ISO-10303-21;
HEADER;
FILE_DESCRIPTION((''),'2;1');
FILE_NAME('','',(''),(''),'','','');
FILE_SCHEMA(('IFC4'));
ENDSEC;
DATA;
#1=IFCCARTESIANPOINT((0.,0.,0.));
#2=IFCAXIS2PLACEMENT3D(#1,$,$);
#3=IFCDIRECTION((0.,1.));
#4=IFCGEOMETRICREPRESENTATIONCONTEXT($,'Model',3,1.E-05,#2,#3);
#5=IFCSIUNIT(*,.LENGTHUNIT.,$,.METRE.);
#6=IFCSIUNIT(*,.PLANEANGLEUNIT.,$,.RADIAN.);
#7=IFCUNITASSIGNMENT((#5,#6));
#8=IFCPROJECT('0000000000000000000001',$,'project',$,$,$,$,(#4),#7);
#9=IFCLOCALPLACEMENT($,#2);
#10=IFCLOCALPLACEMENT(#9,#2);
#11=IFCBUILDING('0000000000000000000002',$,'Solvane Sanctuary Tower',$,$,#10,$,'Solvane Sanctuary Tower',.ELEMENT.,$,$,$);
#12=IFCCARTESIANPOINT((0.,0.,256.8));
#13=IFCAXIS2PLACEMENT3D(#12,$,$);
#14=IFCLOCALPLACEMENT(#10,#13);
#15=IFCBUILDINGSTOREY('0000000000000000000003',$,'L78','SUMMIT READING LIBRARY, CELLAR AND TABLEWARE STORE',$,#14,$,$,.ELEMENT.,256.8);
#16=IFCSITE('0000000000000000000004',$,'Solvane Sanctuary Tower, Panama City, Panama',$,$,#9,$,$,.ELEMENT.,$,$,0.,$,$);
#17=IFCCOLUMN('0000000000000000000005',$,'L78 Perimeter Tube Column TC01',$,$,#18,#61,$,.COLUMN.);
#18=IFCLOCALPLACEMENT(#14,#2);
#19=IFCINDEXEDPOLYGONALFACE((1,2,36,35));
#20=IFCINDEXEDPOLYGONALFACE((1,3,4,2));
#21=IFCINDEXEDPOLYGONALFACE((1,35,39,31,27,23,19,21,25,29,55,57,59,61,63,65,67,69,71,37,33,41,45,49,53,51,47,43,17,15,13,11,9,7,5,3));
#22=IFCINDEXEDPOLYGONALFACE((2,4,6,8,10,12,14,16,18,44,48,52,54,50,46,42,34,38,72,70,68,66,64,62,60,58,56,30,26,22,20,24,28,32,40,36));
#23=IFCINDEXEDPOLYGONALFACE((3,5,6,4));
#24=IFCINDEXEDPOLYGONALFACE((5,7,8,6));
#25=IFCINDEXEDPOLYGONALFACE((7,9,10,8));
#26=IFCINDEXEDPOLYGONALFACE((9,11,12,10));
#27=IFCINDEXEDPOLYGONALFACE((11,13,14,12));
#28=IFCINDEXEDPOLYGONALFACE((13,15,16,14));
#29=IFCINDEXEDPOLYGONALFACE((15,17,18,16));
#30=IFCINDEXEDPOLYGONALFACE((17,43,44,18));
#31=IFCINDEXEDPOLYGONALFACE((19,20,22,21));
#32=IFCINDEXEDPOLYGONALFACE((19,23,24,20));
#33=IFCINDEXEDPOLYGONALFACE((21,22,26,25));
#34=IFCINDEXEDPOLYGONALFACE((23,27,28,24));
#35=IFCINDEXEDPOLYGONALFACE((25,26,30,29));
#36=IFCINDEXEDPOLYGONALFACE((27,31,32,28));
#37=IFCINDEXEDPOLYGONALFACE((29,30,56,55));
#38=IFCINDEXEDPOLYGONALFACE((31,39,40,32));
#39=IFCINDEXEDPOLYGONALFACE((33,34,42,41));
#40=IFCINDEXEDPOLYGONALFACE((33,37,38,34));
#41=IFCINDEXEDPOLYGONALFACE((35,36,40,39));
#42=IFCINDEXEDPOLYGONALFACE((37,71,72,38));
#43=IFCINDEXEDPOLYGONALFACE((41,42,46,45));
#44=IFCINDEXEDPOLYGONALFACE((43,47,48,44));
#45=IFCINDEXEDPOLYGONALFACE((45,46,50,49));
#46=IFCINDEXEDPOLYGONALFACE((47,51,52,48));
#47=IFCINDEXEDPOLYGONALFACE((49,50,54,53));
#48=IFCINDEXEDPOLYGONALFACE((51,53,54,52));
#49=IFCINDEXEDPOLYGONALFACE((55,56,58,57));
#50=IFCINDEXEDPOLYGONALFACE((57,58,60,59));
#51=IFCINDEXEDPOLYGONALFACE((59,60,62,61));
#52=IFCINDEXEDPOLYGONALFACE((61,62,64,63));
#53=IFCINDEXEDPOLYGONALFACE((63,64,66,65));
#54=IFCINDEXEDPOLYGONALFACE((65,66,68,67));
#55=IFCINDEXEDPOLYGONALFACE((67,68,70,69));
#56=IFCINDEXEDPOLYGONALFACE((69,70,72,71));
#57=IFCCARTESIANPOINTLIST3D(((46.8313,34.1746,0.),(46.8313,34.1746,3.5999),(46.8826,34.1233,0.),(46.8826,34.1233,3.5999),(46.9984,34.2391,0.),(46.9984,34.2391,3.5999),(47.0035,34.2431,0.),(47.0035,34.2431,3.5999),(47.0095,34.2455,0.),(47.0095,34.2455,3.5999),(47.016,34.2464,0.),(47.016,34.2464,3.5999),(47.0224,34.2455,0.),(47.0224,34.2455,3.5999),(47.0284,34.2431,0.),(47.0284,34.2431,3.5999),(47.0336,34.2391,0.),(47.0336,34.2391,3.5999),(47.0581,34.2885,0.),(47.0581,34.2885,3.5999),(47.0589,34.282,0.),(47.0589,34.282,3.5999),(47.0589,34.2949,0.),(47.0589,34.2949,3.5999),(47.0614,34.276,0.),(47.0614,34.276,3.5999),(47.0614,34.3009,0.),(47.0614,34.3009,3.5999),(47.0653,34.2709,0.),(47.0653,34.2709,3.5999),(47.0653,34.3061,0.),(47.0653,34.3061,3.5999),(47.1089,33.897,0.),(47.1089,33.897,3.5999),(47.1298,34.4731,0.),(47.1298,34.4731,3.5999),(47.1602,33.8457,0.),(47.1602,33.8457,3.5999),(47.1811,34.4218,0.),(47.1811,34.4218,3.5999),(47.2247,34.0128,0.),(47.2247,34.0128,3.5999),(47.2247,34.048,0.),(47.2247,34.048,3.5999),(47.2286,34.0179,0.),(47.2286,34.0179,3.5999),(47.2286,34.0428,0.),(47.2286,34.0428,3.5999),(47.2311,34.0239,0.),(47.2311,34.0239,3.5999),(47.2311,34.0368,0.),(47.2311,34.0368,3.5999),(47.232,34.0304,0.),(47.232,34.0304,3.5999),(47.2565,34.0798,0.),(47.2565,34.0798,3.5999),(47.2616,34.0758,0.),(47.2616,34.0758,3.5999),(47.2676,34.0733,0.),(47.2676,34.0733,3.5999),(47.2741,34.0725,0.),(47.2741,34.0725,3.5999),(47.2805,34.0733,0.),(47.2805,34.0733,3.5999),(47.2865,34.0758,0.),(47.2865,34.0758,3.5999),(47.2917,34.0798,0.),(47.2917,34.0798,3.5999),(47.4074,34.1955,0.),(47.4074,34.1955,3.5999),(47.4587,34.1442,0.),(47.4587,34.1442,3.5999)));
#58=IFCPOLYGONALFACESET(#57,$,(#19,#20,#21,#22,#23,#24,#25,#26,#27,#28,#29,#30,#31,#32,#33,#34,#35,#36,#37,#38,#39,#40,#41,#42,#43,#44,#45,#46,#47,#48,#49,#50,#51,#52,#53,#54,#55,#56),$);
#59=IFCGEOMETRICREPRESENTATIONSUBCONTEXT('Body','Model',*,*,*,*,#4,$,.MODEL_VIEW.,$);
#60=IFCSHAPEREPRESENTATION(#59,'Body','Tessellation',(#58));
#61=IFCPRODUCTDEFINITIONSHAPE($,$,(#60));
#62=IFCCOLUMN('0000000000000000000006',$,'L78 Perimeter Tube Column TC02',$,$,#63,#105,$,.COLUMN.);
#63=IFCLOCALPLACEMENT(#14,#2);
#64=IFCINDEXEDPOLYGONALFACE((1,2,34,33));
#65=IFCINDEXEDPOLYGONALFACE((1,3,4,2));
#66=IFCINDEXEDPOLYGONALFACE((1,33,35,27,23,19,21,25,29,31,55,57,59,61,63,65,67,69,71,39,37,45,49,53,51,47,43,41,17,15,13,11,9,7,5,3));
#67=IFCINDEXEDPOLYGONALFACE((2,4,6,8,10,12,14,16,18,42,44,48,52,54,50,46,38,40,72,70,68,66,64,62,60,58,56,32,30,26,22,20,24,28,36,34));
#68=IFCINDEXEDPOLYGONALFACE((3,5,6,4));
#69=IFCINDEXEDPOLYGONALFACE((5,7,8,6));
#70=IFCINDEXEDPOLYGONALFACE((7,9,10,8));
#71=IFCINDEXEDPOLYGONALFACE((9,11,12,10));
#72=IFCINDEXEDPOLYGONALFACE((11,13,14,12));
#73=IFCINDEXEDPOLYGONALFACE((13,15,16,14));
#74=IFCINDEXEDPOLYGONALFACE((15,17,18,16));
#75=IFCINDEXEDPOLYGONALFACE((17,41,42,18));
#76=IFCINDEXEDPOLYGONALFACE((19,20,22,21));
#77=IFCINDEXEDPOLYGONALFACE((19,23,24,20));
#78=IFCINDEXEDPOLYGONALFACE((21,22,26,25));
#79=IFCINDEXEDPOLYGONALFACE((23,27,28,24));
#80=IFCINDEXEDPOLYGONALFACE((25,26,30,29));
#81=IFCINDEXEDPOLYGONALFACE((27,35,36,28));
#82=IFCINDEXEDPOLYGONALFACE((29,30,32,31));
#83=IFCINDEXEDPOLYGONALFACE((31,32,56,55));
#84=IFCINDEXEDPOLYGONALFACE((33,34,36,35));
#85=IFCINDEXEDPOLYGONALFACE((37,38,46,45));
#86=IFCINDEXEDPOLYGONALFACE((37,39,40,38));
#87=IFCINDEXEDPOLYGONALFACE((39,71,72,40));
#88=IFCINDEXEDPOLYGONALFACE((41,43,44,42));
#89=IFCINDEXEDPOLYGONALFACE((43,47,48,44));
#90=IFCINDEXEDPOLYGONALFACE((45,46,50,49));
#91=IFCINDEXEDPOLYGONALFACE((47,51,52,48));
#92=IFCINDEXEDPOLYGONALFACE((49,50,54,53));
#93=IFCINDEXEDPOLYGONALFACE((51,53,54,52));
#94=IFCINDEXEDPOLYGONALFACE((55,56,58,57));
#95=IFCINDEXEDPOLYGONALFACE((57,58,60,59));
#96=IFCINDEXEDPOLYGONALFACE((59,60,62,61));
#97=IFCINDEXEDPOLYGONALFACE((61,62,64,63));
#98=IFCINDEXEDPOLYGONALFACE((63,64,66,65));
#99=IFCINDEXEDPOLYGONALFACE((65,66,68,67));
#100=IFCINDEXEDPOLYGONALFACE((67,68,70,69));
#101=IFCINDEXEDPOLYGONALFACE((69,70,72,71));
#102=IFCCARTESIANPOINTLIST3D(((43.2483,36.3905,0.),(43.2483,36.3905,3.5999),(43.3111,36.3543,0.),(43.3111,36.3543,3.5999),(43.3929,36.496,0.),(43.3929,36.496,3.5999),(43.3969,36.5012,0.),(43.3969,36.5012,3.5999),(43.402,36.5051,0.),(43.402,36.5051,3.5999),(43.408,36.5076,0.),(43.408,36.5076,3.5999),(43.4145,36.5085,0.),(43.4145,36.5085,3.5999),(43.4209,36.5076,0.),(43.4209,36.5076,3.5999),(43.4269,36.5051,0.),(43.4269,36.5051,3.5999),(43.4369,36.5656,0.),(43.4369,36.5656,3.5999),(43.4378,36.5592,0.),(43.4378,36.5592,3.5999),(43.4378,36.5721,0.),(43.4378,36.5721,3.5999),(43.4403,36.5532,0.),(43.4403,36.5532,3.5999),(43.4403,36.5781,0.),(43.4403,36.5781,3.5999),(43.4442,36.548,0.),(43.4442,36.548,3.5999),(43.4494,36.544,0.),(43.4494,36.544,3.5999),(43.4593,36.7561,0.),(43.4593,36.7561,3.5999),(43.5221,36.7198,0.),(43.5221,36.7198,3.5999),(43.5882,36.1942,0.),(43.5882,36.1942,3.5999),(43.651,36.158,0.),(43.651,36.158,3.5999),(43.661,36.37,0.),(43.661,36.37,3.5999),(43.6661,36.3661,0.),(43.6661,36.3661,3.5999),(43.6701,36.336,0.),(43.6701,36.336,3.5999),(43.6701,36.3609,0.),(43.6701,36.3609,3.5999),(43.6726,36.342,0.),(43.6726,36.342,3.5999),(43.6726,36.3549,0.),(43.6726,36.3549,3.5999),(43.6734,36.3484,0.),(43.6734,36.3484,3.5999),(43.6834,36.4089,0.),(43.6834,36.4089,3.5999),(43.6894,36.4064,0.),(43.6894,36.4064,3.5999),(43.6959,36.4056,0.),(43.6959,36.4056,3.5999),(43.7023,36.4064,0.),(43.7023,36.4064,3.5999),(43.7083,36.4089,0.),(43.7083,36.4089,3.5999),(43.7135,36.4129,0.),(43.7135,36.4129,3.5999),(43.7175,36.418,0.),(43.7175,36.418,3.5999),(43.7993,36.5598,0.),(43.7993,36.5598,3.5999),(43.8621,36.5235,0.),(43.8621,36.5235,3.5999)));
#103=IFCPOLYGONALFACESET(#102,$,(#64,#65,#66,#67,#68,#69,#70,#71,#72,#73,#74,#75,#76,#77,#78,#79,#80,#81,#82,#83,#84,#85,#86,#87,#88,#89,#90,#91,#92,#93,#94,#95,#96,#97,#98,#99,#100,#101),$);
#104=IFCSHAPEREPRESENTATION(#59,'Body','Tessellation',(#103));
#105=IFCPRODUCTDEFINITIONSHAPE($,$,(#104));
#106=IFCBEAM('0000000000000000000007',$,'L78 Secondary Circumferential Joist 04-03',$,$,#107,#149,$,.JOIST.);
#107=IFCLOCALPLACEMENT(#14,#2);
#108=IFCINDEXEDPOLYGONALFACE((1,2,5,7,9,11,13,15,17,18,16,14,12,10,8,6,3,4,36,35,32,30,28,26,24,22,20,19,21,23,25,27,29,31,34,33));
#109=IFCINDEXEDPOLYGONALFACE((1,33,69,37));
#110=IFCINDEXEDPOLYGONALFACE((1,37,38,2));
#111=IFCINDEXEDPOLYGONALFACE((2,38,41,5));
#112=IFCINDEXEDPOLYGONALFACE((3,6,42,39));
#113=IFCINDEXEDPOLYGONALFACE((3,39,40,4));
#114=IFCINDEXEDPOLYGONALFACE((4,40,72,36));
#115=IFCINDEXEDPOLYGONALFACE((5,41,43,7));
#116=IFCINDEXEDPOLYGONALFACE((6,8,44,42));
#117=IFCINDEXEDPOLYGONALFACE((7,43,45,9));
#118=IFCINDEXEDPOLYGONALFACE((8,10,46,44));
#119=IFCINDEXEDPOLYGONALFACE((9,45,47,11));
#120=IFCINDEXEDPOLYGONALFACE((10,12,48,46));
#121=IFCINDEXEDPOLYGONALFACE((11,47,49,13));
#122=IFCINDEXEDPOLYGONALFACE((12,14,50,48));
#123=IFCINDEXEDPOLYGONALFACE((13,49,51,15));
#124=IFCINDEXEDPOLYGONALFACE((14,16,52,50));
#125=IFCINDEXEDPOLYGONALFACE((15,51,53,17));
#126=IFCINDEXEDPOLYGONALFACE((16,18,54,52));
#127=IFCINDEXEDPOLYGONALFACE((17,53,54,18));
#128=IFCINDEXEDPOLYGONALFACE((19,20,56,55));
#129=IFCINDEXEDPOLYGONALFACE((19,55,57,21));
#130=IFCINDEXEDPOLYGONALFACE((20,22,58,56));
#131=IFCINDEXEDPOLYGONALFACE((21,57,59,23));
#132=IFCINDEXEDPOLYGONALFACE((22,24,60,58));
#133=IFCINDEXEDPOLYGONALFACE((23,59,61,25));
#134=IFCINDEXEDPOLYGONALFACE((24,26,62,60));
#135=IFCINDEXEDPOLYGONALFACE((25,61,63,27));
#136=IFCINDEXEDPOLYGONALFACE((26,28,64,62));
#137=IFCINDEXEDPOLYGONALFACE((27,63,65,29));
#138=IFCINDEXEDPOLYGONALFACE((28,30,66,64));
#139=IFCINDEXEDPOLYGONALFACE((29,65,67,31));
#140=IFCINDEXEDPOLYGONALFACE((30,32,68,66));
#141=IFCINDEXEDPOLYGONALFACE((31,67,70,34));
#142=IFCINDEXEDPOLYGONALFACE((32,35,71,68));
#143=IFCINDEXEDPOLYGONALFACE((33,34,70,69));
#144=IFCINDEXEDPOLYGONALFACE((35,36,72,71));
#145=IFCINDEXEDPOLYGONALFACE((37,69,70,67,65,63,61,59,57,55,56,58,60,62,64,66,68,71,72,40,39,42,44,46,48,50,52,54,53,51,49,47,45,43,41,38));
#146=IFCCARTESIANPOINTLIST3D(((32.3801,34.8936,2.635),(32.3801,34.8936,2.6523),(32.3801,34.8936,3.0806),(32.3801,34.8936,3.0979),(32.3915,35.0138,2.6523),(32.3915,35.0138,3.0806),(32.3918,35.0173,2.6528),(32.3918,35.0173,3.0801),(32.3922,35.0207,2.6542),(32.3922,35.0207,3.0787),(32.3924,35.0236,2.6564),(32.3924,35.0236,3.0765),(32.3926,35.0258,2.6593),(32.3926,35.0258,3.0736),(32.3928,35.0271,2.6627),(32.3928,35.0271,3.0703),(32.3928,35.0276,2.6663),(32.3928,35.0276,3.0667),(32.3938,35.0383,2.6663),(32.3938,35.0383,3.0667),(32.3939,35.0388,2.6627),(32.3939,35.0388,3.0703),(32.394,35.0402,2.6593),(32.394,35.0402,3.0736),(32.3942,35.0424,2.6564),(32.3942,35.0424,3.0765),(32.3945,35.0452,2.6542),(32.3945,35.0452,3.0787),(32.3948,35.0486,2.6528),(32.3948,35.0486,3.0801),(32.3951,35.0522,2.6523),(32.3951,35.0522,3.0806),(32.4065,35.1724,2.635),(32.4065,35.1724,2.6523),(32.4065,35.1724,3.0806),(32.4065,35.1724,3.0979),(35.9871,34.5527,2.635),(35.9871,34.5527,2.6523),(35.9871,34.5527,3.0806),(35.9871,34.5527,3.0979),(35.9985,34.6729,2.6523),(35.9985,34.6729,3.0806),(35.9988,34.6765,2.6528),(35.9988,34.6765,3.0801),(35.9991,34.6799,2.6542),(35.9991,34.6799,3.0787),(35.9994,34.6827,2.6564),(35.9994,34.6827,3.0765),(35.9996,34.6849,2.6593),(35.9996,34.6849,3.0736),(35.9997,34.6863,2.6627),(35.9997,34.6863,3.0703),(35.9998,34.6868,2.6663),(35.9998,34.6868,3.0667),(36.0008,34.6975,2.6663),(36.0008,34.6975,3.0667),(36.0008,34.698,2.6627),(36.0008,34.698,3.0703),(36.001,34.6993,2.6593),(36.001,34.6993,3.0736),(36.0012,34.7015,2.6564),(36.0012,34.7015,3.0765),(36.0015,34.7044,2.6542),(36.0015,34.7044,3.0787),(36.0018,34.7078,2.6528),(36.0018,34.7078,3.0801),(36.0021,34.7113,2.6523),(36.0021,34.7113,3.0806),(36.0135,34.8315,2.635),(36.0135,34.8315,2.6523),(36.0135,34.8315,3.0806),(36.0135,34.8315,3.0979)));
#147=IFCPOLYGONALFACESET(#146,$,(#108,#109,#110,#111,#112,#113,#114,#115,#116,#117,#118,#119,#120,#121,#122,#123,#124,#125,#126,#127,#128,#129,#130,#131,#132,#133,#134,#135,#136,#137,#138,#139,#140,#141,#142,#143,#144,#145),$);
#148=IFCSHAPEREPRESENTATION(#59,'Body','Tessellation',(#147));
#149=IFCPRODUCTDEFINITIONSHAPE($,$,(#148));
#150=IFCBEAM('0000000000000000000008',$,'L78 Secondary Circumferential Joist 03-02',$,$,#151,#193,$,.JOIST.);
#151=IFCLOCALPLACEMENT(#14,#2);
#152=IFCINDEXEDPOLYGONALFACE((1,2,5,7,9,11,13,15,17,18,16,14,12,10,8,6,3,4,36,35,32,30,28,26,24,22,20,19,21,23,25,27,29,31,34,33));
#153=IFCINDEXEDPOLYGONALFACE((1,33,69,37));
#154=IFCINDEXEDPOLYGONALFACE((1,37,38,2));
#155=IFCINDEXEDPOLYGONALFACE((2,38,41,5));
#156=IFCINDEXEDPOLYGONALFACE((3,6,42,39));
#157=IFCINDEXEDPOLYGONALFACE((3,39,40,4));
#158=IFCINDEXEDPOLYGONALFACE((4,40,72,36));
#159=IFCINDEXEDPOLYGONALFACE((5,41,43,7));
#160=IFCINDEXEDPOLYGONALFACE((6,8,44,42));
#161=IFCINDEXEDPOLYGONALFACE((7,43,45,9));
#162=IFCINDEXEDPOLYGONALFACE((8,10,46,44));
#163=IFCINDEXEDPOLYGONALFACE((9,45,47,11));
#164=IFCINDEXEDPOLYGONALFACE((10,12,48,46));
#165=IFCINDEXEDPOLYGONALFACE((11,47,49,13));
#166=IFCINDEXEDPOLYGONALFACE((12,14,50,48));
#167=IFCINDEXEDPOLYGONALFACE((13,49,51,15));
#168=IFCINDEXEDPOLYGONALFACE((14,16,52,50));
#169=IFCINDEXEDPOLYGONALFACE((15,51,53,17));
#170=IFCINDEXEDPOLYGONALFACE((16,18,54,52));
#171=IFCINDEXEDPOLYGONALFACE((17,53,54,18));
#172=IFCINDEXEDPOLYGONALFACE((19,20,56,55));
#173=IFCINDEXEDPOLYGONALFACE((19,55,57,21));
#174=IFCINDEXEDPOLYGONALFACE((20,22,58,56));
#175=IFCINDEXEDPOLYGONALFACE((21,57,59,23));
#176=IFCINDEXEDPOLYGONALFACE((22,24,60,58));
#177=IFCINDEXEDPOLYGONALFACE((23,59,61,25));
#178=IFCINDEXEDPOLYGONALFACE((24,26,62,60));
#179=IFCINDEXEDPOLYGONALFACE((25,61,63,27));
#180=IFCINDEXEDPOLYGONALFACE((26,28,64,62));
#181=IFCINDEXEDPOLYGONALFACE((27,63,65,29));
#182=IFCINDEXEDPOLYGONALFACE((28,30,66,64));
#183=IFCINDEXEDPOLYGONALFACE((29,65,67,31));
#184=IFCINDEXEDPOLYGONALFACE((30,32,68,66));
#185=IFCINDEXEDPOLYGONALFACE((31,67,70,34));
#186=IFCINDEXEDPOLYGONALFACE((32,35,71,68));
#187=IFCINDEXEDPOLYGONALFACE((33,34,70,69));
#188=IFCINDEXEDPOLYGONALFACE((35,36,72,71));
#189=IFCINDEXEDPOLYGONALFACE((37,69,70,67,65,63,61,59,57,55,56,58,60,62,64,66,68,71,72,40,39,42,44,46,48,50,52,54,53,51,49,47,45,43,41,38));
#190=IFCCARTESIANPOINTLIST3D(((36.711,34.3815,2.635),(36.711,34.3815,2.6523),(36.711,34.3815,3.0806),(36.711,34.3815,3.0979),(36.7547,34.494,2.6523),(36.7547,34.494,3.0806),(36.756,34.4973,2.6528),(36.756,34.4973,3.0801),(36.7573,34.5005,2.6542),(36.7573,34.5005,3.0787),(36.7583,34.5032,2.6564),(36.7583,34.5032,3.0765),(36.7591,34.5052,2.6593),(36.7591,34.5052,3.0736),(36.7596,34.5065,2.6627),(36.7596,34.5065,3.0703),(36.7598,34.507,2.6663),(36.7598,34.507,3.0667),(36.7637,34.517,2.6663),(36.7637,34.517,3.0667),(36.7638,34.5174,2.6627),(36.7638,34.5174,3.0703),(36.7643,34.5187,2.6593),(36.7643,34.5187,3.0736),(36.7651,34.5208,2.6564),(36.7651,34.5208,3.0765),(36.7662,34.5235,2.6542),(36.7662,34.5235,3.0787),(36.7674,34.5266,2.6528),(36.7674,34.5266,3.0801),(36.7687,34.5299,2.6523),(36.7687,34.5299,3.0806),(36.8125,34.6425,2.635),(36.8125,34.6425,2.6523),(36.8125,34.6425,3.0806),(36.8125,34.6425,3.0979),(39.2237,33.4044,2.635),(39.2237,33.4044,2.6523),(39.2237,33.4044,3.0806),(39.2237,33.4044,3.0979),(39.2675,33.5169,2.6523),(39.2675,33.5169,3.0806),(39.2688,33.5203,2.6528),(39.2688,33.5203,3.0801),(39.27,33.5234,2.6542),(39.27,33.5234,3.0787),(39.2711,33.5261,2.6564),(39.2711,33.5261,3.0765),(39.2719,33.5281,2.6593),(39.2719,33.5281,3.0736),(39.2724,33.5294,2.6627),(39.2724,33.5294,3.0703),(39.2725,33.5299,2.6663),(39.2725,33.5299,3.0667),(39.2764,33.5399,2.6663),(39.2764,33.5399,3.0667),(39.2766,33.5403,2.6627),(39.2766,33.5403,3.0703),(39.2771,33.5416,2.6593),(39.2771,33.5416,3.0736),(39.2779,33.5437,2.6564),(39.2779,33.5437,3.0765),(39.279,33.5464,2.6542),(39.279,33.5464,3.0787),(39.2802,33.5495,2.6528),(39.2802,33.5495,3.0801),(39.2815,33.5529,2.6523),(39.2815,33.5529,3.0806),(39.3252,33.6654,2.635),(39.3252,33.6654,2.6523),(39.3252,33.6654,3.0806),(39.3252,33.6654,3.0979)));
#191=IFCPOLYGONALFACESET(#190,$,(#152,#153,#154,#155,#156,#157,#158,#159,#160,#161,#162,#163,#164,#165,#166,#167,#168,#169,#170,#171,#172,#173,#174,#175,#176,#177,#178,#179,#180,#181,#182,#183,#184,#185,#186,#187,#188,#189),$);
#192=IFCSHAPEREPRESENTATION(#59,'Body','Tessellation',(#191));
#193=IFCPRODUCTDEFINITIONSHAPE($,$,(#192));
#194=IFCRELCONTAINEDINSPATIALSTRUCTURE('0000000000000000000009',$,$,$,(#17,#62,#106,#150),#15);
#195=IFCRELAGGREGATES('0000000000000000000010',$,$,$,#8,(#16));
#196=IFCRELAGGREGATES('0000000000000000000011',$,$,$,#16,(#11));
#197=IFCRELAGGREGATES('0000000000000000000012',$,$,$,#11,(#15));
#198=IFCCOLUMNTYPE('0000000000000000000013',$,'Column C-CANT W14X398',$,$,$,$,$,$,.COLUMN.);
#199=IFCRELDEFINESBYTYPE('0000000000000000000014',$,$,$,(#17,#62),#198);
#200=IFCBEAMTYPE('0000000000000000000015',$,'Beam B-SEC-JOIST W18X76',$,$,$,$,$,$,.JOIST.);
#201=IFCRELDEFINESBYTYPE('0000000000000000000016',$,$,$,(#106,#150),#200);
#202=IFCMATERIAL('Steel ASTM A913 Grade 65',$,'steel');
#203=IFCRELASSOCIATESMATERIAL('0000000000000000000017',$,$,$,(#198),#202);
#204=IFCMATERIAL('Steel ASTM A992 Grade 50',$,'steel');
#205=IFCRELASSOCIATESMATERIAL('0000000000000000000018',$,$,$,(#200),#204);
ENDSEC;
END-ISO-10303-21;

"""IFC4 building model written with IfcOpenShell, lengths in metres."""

from ifc_helpers import new_model, si_unit, direction, frame, origin, origin_2d, place, context, subcontext, project, spatial, i_section, extrude, material, material_profile, profile_set, type_object, element, save


model = new_model("IFC4")

# Units and contexts
model_context = context("Model", 3, precision=1e-05, world=origin(), true_north=direction((0.0, 1.0)))
body_context = subcontext(model_context, "Body", "Model", "MODEL_VIEW")
ifc_project = project(units=[si_unit("LENGTHUNIT", "METRE"), si_unit("PLANEANGLEUNIT", "RADIAN")], contexts=[model_context])

# Site, building, storey
site_placement = place(None, origin())
site = spatial("IfcSite", under=ifc_project, at=site_placement, Name="Solvane Sanctuary Tower, Panama City, Panama", CompositionType="ELEMENT", RefElevation=0.0)
building_placement = place(site_placement, origin())
building = spatial("IfcBuilding", under=site, at=building_placement, Name="Solvane Sanctuary Tower", LongName="Solvane Sanctuary Tower", CompositionType="ELEMENT")
storey_placement = place(building_placement, frame((0.0, 0.0, 256.8)))
storey = spatial("IfcBuildingStorey", under=building, at=storey_placement, Name="L78", Description="SUMMIT READING LIBRARY, CELLAR AND TABLEWARE STORE", CompositionType="ELEMENT", Elevation=256.8)

# Columns
ifc_material_1 = material(Name="Steel ASTM A913 Grade 65", Category="steel")
ifc_material_profile_1 = material_profile(ifc_material_1, i_section(OverallWidth=0.4221, OverallDepth=0.4651, WebThickness=0.0449, FlangeThickness=0.0725, FilletRadius=0.0249, at=origin_2d()), Name="W14X398")
ifc_profile_set_1 = profile_set([ifc_material_profile_1], Name="Steel ASTM A913 Grade 65")
column_type = type_object("IfcColumnType", Name="Column C-CANT W14X398", PredefinedType="COLUMN", material=ifc_profile_set_1)
for number, where, z_axis, x_axis, name in (
    (1, (47.145, 34.1594, 0.0), (0.0, 0.0, 1.0), (0.707107, 0.707107, 0.0), "L78 Perimeter Tube Column TC01"),
    (2, (43.5552, 36.457, 0.0), (0.0, 0.0, 1.0), (0.5, 0.866025, 0.0), "L78 Perimeter Tube Column TC02"),
):
    element("IfcColumn", number, at=place(storey_placement, frame(where, z_axis=z_axis, x_axis=x_axis)), inside=storey, type_object=column_type, Name=name, PredefinedType="COLUMN", context=body_context, shape_type="SweptSolid", body=[
        extrude(i_section(OverallWidth=0.4221, OverallDepth=0.4651, WebThickness=0.0449, FlangeThickness=0.0725, FilletRadius=0.0249, at=origin_2d()), origin(), (0.0, 0.0, 1.0), 3.5999),
    ])

# Beams
ifc_material_2 = material(Name="Steel ASTM A992 Grade 50", Category="steel")
ifc_material_profile_2 = material_profile(ifc_material_2, i_section(OverallWidth=0.28, OverallDepth=0.4629, WebThickness=0.0107, FlangeThickness=0.0173, FilletRadius=0.0139, at=origin_2d()), Name="W18X76")
ifc_profile_set_2 = profile_set([ifc_material_profile_2], Name="Steel ASTM A992 Grade 50")
beam_type_1 = type_object("IfcBeamType", Name="Beam B-SEC-JOIST W18X76", PredefinedType="JOIST", material=ifc_profile_set_2)
beam_1_placement = place(storey_placement, frame((32.3933, 35.033, 2.8665), z_axis=(0.995565, -0.094071, 0.0), x_axis=(0.094071, 0.995565, 0.0)))
element("IfcBeam", 3, at=beam_1_placement, inside=storey, type_object=beam_type_1, Name="L78 Secondary Circumferential Joist 04-03", PredefinedType="JOIST", context=body_context, shape_type="SweptSolid", body=[
    extrude(i_section(OverallWidth=0.28, OverallDepth=0.4629, WebThickness=0.0107, FlangeThickness=0.0173, FilletRadius=0.0139, at=origin_2d()), origin(), (0.0, 0.0, 1.0), 3.623),
])
beam_2_placement = place(storey_placement, frame((36.7617, 34.512, 2.8665), z_axis=(0.932018, -0.362411, 0.0), x_axis=(0.362411, 0.932018, 0.0)))
element("IfcBeam", 4, at=beam_2_placement, inside=storey, type_object=beam_type_1, Name="L78 Secondary Circumferential Joist 03-02", PredefinedType="JOIST", context=body_context, shape_type="SweptSolid", body=[
    extrude(i_section(OverallWidth=0.28, OverallDepth=0.4629, WebThickness=0.0107, FlangeThickness=0.0173, FilletRadius=0.0139, at=origin_2d()), origin(), (0.0, 0.0, 1.0), 2.696),
])

save(model, "model.ifc")
